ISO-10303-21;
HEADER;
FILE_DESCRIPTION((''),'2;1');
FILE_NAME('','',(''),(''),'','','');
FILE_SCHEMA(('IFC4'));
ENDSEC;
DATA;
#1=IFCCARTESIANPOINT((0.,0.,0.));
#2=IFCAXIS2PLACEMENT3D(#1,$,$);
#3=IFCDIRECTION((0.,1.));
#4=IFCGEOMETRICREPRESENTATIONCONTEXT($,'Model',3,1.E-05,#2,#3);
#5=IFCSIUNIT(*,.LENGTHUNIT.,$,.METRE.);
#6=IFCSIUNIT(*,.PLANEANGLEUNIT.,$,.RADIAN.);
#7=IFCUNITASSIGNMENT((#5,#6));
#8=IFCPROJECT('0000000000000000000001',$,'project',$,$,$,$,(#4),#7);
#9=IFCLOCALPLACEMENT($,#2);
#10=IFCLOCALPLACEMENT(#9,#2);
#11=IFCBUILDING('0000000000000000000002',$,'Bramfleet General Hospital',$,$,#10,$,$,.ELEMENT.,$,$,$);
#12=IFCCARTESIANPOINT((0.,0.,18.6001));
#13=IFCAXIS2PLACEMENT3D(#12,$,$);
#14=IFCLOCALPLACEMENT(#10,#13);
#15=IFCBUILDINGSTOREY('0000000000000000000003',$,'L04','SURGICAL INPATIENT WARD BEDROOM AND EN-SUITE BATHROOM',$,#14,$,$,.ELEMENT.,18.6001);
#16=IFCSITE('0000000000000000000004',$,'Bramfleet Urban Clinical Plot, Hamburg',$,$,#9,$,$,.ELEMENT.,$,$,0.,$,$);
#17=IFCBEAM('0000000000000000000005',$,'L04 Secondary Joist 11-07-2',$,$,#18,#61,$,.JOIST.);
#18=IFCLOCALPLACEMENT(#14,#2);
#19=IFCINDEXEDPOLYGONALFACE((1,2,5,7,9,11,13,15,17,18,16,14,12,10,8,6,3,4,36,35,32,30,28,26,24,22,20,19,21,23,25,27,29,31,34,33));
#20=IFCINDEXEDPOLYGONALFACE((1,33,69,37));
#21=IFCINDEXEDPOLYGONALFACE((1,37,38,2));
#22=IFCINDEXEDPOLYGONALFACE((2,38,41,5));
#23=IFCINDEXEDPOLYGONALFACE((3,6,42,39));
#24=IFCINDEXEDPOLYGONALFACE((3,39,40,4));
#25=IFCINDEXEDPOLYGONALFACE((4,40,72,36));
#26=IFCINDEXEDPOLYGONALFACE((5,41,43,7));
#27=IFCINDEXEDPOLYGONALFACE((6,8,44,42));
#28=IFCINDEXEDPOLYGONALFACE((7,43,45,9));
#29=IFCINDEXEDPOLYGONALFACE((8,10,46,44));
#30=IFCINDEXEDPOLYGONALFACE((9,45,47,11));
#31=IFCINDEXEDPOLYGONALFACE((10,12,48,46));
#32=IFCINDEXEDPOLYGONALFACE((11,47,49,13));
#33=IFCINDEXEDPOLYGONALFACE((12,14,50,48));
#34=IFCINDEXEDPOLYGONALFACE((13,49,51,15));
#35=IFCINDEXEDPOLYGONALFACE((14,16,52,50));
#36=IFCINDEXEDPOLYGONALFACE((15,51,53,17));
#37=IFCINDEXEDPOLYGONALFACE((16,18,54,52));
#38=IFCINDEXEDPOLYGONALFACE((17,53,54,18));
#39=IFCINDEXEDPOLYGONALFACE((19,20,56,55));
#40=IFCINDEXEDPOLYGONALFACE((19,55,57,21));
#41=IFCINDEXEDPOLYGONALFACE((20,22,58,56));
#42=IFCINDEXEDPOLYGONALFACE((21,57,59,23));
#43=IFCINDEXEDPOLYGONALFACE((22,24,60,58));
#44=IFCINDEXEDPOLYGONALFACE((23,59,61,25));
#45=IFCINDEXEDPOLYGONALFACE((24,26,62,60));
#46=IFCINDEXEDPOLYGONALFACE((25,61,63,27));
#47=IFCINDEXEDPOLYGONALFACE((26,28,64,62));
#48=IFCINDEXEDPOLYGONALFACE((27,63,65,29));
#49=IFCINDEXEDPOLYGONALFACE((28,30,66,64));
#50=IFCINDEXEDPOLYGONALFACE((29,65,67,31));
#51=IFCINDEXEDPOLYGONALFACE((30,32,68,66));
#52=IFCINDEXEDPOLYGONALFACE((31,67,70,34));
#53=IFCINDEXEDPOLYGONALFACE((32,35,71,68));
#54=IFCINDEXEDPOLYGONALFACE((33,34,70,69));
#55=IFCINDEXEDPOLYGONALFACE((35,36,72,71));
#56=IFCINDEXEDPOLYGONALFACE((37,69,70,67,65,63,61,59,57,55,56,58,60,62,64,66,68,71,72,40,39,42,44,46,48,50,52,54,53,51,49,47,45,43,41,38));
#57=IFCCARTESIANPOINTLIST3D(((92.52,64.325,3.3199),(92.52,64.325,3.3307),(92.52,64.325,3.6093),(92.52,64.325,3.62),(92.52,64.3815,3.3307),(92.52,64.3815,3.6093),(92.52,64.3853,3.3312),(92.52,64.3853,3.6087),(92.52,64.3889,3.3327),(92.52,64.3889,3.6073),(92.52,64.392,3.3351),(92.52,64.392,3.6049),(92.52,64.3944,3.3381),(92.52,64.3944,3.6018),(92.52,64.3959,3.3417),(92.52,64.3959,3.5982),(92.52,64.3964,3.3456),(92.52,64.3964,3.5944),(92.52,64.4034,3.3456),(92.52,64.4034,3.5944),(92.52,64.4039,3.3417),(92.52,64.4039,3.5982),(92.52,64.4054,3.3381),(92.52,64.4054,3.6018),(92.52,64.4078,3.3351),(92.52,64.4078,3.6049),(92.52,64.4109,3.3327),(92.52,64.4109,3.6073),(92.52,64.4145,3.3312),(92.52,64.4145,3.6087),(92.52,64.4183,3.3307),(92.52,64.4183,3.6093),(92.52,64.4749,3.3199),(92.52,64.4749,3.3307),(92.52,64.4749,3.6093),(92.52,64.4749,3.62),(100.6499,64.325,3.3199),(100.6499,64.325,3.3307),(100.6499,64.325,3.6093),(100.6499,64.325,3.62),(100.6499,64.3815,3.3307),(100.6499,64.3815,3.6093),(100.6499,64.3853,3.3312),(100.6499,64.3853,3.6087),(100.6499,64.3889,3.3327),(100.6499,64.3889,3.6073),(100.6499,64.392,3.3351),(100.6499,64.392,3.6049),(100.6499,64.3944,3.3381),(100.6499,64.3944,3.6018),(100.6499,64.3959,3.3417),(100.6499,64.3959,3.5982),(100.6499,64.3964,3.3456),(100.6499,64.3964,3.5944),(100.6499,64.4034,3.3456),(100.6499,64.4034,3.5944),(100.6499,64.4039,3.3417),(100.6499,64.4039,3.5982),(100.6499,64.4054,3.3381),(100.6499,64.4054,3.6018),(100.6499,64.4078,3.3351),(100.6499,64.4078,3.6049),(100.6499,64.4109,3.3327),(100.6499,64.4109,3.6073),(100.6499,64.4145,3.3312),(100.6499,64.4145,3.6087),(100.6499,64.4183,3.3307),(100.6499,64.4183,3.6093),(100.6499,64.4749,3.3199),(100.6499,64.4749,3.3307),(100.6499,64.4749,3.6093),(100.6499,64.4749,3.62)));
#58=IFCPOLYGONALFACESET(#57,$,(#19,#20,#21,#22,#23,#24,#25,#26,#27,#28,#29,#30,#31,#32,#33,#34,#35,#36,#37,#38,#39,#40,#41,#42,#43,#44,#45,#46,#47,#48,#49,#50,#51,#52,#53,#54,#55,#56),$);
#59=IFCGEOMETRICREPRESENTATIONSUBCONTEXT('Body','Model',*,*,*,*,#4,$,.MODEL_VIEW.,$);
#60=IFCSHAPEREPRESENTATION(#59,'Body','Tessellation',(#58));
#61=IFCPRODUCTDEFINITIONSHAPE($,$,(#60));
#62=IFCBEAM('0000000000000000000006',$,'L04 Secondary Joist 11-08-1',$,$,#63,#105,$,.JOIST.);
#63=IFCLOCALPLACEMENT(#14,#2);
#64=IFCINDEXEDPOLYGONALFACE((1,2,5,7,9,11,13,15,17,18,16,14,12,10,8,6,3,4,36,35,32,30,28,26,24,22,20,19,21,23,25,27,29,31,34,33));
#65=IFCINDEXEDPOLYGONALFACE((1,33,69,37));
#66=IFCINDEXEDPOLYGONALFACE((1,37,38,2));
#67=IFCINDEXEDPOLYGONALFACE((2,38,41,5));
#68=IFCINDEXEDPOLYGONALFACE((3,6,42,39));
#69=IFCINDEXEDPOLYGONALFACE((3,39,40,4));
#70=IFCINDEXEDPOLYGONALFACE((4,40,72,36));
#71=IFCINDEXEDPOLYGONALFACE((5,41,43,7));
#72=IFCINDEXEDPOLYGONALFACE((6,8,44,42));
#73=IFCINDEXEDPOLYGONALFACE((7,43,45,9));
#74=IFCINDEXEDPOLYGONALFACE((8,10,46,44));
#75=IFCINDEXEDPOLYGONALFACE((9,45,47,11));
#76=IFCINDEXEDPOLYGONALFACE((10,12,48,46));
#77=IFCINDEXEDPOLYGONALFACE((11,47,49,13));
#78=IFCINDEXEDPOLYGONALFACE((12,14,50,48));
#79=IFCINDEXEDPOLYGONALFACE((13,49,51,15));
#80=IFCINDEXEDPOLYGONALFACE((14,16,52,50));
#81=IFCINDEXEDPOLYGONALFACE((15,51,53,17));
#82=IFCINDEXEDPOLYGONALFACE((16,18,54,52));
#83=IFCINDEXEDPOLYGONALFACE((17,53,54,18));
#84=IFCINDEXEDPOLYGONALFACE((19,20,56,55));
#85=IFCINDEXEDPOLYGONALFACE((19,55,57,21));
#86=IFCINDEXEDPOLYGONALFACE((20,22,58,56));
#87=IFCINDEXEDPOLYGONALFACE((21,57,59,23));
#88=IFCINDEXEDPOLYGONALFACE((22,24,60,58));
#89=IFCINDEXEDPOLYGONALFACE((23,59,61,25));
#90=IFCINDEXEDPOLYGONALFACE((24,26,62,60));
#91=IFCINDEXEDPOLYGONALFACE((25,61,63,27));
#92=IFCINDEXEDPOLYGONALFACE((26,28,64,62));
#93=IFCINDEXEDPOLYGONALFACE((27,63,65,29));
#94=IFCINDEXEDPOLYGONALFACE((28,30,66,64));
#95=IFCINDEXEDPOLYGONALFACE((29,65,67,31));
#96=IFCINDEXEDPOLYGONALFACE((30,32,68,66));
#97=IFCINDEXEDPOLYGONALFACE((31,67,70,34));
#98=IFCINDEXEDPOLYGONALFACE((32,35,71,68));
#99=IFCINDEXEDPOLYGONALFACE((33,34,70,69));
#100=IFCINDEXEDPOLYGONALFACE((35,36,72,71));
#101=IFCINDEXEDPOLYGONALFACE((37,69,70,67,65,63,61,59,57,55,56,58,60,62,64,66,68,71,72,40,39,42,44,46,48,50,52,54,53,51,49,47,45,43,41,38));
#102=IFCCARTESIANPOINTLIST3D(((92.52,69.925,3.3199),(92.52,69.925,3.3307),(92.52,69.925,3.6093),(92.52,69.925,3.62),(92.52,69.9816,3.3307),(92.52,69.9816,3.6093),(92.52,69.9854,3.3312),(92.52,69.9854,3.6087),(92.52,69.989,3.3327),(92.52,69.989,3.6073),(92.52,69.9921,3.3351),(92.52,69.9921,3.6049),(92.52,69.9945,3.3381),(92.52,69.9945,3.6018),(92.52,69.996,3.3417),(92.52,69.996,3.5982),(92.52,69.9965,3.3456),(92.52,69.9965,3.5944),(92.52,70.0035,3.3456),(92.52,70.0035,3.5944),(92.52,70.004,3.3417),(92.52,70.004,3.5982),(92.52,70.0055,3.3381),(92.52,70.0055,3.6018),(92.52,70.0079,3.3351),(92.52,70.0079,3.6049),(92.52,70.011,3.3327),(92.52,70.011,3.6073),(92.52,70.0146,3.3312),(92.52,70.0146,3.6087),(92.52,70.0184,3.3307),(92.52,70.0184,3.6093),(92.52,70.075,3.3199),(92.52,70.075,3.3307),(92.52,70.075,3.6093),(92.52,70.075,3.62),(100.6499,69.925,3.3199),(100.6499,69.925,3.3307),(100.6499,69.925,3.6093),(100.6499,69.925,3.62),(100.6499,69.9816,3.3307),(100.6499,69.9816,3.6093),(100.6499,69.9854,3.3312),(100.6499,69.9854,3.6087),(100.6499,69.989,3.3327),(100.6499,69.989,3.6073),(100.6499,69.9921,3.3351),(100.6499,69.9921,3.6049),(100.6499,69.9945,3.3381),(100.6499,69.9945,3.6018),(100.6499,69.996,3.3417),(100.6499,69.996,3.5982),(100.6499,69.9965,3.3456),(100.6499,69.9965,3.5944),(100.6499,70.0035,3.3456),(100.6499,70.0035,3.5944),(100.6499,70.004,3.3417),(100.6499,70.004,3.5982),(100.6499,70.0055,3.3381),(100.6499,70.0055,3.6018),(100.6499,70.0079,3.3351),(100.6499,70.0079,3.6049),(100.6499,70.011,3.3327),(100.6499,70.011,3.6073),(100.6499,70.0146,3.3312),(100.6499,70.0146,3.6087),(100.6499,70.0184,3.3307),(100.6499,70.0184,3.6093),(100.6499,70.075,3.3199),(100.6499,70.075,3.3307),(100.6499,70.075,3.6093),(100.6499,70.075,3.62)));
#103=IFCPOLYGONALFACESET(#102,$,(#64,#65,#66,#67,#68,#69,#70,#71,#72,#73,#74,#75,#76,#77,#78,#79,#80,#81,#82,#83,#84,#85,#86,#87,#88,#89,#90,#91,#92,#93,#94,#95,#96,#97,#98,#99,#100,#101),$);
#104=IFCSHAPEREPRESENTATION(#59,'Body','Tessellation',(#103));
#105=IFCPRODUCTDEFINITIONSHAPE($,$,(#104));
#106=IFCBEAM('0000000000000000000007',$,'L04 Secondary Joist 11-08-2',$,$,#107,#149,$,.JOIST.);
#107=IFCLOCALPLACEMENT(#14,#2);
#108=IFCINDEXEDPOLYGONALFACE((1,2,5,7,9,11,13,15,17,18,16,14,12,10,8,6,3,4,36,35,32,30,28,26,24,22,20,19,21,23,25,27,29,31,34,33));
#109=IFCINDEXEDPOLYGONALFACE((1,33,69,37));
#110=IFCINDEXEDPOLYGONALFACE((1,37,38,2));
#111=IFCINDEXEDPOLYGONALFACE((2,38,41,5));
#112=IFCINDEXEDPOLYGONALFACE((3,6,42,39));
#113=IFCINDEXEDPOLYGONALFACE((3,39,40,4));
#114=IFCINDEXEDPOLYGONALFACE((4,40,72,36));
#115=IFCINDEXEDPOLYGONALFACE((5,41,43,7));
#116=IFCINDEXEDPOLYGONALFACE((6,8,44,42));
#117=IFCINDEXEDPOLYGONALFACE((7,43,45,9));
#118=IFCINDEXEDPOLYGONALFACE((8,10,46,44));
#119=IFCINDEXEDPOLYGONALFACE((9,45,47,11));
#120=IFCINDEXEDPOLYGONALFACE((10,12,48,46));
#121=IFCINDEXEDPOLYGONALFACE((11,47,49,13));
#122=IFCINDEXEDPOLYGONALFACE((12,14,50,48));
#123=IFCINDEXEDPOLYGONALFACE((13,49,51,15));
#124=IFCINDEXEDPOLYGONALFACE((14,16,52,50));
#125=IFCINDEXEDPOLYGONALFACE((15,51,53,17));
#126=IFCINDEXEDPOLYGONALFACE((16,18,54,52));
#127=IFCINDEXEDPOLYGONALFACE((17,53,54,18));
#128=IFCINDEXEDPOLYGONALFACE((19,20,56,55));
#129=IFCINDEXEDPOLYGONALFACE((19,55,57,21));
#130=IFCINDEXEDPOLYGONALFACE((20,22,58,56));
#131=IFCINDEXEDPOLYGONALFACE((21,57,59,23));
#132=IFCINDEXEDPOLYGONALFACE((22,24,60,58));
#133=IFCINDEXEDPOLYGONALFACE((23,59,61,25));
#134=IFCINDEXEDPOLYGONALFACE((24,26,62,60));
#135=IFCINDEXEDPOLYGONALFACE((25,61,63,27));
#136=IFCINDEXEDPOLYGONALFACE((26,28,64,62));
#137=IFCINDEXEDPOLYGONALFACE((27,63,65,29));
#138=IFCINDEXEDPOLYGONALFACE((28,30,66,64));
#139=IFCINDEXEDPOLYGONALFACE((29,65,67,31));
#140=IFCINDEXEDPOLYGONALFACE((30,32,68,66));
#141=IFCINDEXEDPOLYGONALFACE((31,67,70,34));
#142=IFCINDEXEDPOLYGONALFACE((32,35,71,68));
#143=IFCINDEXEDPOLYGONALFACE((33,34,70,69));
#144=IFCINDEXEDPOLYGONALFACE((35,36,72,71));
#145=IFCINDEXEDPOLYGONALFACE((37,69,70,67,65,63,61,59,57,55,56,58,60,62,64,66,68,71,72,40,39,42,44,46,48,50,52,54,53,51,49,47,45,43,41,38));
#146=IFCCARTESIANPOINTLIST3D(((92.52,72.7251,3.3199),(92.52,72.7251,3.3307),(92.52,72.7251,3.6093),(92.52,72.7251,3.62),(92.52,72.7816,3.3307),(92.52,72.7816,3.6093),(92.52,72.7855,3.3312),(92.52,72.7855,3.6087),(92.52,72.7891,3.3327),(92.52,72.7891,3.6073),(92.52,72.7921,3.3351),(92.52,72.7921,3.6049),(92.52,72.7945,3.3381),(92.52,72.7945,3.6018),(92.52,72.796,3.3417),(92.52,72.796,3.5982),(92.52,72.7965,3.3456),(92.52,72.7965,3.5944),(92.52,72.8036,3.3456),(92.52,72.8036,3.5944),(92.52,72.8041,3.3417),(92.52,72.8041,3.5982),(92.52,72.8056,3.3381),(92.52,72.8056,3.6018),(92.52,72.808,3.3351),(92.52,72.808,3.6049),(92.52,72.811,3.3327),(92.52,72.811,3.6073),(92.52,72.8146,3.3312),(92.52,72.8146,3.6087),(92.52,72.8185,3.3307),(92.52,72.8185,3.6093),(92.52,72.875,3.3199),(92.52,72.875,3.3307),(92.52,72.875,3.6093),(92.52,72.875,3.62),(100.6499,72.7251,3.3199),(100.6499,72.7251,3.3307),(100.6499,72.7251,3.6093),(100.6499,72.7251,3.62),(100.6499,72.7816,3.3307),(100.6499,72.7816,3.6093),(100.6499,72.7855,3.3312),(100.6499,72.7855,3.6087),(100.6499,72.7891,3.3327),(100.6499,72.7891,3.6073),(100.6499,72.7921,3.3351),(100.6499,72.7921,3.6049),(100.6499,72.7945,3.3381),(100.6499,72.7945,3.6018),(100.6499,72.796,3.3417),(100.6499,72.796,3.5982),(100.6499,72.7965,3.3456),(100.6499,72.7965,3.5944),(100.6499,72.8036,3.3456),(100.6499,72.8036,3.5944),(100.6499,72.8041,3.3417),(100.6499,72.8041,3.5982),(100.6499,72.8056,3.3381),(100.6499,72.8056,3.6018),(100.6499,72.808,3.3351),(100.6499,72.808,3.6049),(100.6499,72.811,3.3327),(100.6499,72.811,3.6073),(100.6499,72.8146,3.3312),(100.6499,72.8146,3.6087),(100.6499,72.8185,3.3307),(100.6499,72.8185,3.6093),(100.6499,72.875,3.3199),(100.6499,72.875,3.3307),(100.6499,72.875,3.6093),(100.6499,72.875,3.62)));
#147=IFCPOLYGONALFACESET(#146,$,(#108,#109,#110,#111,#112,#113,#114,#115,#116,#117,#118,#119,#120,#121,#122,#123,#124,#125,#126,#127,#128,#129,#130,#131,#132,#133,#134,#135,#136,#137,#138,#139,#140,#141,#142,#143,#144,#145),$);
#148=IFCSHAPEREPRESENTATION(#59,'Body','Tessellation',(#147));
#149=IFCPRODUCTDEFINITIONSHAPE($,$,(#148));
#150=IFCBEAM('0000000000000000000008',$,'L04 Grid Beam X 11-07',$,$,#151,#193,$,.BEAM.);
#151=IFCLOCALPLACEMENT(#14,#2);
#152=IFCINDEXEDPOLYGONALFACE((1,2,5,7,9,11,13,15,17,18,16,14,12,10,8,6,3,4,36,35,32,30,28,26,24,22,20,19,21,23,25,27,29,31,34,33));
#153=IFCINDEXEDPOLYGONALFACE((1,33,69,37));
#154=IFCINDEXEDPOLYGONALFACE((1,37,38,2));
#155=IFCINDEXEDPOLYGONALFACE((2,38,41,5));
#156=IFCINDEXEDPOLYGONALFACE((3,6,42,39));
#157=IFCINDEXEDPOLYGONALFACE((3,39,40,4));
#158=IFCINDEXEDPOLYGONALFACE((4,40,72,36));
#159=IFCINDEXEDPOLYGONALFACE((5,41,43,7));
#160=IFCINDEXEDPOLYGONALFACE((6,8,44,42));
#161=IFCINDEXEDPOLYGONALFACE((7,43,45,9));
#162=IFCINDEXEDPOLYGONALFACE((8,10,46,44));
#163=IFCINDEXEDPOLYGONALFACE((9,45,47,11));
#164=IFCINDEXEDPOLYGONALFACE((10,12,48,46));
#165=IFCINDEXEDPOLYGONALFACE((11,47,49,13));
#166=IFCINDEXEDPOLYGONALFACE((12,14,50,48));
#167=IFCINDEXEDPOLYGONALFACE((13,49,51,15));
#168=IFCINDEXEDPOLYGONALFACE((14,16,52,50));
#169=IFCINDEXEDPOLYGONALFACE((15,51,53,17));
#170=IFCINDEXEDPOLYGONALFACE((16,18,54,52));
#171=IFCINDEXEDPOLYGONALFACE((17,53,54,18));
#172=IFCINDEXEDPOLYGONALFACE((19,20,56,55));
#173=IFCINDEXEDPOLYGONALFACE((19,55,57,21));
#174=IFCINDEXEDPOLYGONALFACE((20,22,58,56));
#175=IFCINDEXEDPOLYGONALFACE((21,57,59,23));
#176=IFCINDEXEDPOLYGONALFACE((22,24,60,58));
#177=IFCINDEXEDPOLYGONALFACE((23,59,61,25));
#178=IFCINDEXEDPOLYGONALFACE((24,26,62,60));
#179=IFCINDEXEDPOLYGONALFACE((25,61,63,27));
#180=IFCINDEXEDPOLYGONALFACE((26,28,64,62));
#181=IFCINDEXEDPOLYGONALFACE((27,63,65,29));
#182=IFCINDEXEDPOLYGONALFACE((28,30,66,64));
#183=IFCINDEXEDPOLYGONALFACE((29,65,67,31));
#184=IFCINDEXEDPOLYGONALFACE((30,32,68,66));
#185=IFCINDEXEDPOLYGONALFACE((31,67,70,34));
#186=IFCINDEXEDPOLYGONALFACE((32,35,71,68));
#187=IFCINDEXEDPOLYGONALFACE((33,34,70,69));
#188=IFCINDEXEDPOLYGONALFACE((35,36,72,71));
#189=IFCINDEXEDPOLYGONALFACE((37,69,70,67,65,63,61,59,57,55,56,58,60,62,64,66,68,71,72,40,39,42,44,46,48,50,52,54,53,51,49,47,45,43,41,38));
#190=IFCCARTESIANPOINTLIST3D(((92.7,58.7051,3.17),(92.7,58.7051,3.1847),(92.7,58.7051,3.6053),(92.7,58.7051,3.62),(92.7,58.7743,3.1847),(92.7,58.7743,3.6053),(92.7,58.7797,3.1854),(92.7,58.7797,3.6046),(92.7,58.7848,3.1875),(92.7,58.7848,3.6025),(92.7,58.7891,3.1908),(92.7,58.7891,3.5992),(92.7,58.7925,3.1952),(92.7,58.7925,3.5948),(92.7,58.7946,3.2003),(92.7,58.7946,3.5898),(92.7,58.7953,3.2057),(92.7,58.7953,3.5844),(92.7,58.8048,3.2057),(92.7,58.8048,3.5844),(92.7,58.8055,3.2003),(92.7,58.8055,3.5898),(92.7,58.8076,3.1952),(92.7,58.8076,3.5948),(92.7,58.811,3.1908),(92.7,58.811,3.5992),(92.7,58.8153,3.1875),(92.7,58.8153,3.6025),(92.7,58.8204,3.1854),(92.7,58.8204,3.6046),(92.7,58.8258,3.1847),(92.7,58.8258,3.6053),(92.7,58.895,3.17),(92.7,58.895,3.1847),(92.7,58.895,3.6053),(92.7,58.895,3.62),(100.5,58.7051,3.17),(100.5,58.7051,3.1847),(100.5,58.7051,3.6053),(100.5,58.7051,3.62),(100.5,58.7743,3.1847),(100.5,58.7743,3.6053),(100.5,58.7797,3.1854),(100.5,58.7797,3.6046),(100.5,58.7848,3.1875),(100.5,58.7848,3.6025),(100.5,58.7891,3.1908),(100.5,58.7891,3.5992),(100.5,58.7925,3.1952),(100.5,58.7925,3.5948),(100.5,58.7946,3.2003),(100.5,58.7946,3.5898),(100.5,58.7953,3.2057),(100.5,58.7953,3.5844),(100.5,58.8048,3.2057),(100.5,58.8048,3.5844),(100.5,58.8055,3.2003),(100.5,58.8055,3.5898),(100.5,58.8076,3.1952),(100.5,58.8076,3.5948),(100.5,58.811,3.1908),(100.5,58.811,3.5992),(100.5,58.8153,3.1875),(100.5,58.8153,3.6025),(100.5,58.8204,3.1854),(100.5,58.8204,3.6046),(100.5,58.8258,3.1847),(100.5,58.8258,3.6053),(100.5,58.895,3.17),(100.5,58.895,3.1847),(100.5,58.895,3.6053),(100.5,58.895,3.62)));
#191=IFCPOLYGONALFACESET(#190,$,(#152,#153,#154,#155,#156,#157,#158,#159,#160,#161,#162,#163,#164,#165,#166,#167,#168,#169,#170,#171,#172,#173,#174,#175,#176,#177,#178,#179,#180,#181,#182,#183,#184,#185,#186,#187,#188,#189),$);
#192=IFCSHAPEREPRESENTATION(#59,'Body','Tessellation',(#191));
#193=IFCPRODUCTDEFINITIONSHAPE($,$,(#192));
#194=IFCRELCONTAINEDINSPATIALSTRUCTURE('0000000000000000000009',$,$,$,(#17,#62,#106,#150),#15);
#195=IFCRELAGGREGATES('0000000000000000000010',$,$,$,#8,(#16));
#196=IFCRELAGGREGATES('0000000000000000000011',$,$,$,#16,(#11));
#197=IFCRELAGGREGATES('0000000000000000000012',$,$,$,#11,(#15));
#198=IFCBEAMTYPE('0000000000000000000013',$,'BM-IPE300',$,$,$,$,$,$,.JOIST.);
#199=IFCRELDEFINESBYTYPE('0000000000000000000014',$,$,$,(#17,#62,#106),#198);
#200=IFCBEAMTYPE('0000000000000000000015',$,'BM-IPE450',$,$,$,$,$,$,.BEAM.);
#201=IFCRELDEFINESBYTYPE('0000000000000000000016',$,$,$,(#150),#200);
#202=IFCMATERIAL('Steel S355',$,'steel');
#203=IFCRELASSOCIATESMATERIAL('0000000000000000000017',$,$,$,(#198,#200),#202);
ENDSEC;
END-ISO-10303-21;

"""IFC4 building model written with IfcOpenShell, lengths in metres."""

from ifc_helpers import new_model, si_unit, direction, frame, origin, origin_2d, place, context, subcontext, project, spatial, i_section, extrude, material, material_profile, profile_set, type_object, element, save


model = new_model("IFC4")

# Units and contexts
model_context = context("Model", 3, precision=1e-05, world=origin(), true_north=direction((0.0, 1.0)))
body_context = subcontext(model_context, "Body", "Model", "MODEL_VIEW")
ifc_project = project(units=[si_unit("LENGTHUNIT", "METRE"), si_unit("PLANEANGLEUNIT", "RADIAN")], contexts=[model_context])

# Site, building, storey
site_placement = place(None, origin())
site = spatial("IfcSite", under=ifc_project, at=site_placement, Name="Bramfleet Urban Clinical Plot, Hamburg", CompositionType="ELEMENT", RefElevation=0.0)
building_placement = place(site_placement, origin())
building = spatial("IfcBuilding", under=site, at=building_placement, Name="Bramfleet General Hospital", CompositionType="ELEMENT")
storey_placement = place(building_placement, frame((0.0, 0.0, 18.6001)))
storey = spatial("IfcBuildingStorey", under=building, at=storey_placement, Name="L04", Description="SURGICAL INPATIENT WARD BEDROOM AND EN-SUITE BATHROOM", CompositionType="ELEMENT", Elevation=18.6001)

# Beams
ifc_material_1 = material(Name="Steel S355", Category="steel")
ifc_material_profile_1 = material_profile(ifc_material_1, i_section(OverallWidth=0.1499, OverallDepth=0.3, WebThickness=0.0071, FlangeThickness=0.0107, FilletRadius=0.0149, at=origin_2d()), Name="IPE 300")
ifc_profile_set_1 = profile_set([ifc_material_profile_1], Name="Steel S355")
beam_type_1 = type_object("IfcBeamType", Name="BM-IPE300", PredefinedType="JOIST", material=ifc_profile_set_1)
for number, where, z_axis, x_axis, name in (
    (1, (92.52, 64.3999, 3.47), (1.0, 0.0, 0.0), (0.0, 1.0, 0.0), "L04 Secondary Joist 11-07-2"),
    (2, (92.52, 70.0, 3.47), (1.0, 0.0, 0.0), (0.0, 1.0, 0.0), "L04 Secondary Joist 11-08-1"),
    (3, (92.52, 72.8, 3.47), (1.0, 0.0, 0.0), (0.0, 1.0, 0.0), "L04 Secondary Joist 11-08-2"),
):
    element("IfcBeam", number, at=place(storey_placement, frame(where, z_axis=z_axis, x_axis=x_axis)), inside=storey, type_object=beam_type_1, Name=name, PredefinedType="JOIST", context=body_context, shape_type="SweptSolid", body=[
        extrude(i_section(OverallWidth=0.1499, OverallDepth=0.3, WebThickness=0.0071, FlangeThickness=0.0107, FilletRadius=0.0149, at=origin_2d()), origin(), (0.0, 0.0, 1.0), 8.1299),
    ])
ifc_material_profile_2 = material_profile(ifc_material_1, i_section(OverallWidth=0.1899, OverallDepth=0.45, WebThickness=0.0095, FlangeThickness=0.0146, FilletRadius=0.021, at=origin_2d()), Name="IPE 450")
ifc_profile_set_2 = profile_set([ifc_material_profile_2], Name="Steel S355")
beam_type_2 = type_object("IfcBeamType", Name="BM-IPE450", PredefinedType="BEAM", material=ifc_profile_set_2)
for number, where, z_axis, x_axis, name in (
    (4, (92.7, 58.8, 3.395), (1.0, 0.0, 0.0), (0.0, 1.0, 0.0), "L04 Grid Beam X 11-07"),
):
    element("IfcBeam", number, at=place(storey_placement, frame(where, z_axis=z_axis, x_axis=x_axis)), inside=storey, type_object=beam_type_2, Name=name, PredefinedType="BEAM", context=body_context, shape_type="SweptSolid", body=[
        extrude(i_section(OverallWidth=0.1899, OverallDepth=0.45, WebThickness=0.0095, FlangeThickness=0.0146, FilletRadius=0.021, at=origin_2d()), origin(), (0.0, 0.0, 1.0), 7.8),
    ])

save(model, "model.ifc")
